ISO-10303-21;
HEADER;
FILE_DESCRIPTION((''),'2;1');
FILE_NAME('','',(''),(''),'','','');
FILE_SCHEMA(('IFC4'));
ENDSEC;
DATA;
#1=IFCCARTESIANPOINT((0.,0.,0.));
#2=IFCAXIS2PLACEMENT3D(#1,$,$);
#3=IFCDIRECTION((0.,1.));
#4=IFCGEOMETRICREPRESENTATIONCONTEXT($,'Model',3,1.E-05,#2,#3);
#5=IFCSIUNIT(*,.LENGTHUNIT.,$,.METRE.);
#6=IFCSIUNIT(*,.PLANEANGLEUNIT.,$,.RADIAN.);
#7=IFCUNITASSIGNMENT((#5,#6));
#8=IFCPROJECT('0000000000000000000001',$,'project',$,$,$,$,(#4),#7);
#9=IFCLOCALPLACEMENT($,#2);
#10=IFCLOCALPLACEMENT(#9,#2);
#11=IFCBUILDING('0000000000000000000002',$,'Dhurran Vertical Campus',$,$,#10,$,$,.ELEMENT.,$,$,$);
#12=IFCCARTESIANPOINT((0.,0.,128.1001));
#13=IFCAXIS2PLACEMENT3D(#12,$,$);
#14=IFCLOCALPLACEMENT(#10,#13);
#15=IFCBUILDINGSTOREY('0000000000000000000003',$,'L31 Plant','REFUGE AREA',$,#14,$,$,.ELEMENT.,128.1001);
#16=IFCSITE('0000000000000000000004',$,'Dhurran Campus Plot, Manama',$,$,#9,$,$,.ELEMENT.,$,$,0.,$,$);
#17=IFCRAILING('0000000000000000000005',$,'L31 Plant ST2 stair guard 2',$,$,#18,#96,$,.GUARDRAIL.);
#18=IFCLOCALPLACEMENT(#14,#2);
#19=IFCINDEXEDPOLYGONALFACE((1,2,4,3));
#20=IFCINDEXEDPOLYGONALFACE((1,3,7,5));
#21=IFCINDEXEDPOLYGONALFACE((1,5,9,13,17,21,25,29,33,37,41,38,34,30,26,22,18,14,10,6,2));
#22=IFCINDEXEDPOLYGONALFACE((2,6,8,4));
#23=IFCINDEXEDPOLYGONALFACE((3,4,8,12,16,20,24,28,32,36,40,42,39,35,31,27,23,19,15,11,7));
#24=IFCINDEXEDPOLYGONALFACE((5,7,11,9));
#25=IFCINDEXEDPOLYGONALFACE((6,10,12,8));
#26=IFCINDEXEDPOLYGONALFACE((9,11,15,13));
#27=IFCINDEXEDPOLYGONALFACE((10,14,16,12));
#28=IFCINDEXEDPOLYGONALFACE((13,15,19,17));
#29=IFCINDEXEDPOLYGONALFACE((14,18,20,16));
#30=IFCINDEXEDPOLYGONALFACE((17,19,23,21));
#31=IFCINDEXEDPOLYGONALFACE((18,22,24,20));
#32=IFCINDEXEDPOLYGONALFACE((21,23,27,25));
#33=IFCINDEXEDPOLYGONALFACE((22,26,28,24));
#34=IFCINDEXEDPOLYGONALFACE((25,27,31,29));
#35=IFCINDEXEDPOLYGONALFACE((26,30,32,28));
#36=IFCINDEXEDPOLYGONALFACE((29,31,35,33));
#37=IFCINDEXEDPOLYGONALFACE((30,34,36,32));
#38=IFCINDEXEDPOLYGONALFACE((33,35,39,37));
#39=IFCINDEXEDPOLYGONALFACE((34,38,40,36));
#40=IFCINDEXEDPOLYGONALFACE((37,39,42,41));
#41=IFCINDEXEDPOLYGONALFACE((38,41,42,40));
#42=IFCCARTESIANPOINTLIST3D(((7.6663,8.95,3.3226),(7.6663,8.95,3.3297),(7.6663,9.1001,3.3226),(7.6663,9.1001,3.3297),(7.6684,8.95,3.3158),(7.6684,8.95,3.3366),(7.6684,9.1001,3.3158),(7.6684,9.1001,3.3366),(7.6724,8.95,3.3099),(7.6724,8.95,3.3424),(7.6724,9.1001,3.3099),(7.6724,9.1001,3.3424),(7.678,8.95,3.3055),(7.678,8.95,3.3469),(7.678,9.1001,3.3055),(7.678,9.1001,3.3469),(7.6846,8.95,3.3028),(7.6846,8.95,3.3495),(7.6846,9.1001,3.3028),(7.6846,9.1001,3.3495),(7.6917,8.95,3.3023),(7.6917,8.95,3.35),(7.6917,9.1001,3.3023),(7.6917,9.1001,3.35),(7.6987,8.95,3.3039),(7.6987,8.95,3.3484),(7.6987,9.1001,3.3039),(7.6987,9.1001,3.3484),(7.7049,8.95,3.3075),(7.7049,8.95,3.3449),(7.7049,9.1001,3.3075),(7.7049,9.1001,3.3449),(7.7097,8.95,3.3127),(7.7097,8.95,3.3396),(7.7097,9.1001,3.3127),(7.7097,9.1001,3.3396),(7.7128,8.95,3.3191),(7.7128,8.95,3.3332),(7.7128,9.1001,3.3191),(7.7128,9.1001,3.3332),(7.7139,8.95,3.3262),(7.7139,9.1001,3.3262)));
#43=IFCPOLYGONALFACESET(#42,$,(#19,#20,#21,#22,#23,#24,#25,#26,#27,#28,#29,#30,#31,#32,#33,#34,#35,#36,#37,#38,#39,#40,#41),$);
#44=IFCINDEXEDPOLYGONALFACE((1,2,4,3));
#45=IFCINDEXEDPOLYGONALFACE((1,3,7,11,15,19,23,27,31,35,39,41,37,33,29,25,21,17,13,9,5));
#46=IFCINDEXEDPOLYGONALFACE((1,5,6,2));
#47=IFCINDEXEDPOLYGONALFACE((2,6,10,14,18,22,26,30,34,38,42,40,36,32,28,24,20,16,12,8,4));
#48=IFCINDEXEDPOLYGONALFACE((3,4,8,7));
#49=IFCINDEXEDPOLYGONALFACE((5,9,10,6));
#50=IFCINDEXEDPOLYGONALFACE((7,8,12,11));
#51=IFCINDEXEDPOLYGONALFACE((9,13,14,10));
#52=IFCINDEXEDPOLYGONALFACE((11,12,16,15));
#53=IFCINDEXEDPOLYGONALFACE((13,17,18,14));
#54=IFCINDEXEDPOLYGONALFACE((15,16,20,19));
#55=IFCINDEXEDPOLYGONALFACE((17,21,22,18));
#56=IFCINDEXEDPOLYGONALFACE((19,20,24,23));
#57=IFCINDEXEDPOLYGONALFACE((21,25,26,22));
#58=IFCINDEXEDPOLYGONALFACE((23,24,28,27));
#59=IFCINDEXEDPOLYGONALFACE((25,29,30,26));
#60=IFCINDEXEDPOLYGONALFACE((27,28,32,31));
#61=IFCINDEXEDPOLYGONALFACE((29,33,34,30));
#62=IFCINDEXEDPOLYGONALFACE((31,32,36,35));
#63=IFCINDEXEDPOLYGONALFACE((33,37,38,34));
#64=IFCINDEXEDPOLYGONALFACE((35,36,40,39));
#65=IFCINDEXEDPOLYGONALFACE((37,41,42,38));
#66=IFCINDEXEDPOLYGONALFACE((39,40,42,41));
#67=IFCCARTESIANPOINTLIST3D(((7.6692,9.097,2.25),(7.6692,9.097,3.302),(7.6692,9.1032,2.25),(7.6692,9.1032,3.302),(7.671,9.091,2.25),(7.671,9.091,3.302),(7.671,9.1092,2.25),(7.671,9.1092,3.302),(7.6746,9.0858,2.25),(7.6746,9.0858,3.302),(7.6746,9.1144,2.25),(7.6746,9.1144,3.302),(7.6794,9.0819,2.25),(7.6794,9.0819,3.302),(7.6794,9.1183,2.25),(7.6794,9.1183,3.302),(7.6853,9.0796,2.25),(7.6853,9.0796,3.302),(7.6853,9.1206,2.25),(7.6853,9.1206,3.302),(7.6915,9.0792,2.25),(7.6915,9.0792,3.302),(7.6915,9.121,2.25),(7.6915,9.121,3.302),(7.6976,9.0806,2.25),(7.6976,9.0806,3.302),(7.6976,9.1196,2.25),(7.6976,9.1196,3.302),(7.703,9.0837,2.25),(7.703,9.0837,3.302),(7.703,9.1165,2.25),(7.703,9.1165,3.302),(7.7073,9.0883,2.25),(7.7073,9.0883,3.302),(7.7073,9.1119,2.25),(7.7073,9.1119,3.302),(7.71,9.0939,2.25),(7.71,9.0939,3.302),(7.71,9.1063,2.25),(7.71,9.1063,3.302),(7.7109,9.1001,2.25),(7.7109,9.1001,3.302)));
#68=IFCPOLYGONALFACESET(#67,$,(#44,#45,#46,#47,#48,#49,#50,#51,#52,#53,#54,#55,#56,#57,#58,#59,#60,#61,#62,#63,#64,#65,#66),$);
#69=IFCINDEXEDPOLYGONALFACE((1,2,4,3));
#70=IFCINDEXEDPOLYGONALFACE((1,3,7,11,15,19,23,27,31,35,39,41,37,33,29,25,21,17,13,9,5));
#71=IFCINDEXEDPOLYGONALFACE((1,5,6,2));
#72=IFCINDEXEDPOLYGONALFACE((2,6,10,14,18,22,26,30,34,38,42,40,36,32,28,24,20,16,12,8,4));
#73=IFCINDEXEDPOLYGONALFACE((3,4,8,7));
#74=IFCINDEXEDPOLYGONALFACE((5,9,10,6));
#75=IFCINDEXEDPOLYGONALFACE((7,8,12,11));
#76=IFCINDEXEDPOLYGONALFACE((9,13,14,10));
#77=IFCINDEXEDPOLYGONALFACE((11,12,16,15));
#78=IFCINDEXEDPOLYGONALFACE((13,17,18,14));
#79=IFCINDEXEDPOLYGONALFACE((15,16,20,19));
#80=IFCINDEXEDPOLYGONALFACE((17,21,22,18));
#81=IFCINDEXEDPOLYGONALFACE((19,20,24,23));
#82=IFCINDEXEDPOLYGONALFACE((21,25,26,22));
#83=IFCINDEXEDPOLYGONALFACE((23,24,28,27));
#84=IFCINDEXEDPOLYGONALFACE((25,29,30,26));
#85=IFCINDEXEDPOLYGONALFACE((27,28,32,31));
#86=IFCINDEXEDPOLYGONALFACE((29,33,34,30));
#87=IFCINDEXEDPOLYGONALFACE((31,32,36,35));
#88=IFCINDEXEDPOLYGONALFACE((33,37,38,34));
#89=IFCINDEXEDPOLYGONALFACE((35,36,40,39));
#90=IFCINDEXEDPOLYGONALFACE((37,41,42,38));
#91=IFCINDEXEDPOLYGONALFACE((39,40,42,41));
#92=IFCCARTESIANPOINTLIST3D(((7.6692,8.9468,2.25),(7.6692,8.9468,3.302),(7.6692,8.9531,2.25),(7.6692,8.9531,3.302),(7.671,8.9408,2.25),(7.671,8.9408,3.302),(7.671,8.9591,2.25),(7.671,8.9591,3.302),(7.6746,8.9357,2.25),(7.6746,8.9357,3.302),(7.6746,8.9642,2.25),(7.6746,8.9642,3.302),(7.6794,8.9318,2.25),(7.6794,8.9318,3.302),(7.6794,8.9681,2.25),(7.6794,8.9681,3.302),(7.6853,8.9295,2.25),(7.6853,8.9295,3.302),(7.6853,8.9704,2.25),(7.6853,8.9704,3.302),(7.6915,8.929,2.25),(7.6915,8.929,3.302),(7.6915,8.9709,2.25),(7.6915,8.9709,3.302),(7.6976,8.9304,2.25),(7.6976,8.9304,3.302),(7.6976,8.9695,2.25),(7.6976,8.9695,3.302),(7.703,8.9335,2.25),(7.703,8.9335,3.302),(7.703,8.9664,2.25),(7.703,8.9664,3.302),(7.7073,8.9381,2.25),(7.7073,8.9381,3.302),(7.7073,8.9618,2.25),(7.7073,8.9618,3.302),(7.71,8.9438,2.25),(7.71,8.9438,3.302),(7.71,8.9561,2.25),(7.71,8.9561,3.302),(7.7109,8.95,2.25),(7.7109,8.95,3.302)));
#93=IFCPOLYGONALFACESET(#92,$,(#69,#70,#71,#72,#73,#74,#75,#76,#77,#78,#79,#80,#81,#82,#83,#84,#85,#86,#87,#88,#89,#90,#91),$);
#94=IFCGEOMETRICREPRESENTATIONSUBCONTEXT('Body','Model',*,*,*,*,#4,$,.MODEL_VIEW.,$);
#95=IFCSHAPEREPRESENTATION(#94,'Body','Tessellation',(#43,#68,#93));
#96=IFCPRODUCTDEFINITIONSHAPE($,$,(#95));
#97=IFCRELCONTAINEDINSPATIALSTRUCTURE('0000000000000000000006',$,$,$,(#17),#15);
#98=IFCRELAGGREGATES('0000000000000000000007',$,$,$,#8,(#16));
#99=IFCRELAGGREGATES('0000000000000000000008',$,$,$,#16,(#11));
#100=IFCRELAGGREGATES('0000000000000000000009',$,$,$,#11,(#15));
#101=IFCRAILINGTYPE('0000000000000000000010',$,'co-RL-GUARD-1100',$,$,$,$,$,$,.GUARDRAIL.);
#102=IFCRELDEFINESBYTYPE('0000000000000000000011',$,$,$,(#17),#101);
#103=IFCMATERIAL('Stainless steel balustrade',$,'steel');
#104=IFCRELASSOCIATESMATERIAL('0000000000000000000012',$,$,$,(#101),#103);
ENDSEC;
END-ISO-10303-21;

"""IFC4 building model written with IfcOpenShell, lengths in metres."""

from ifc_helpers import new_model, si_unit, direction, frame, origin, origin_2d, place, context, subcontext, project, spatial, circle, extrude, material, type_object, element, save


model = new_model("IFC4")

# Units and contexts
model_context = context("Model", 3, precision=1e-05, world=origin(), true_north=direction((0.0, 1.0)))
body_context = subcontext(model_context, "Body", "Model", "MODEL_VIEW")
ifc_project = project(units=[si_unit("LENGTHUNIT", "METRE"), si_unit("PLANEANGLEUNIT", "RADIAN")], contexts=[model_context])

# Site, building, storey
site_placement = place(None, origin())
site = spatial("IfcSite", under=ifc_project, at=site_placement, Name="Dhurran Campus Plot, Manama", CompositionType="ELEMENT", RefElevation=0.0)
building_placement = place(site_placement, origin())
building = spatial("IfcBuilding", under=site, at=building_placement, Name="Dhurran Vertical Campus", CompositionType="ELEMENT")
storey_placement = place(building_placement, frame((0.0, 0.0, 128.1001)))
storey = spatial("IfcBuildingStorey", under=building, at=storey_placement, Name="L31 Plant", Description="REFUGE AREA", CompositionType="ELEMENT", Elevation=128.1001)

# Railing
ifc_material_1 = material(Name="Stainless steel balustrade", Category="steel")
railing_type_1 = type_object("IfcRailingType", Name="co-RL-GUARD-1100", PredefinedType="GUARDRAIL", material=ifc_material_1)
railing_1_placement = place(storey_placement, frame((7.6899, 9.1001, 2.25)))
element("IfcRailing", 1, at=railing_1_placement, inside=storey, type_object=railing_type_1, Name="L31 Plant ST2 stair guard 2", PredefinedType="GUARDRAIL", context=body_context, shape_type="SweptSolid", body=[
    extrude(circle(Radius=0.0239, at=origin_2d()), frame((0.0, 0.0, 1.0762), z_axis=(0.0, -1.0, 0.0), x_axis=(1.0, 0.0, 0.0)), (0.0, 0.0, 1.0), 0.1501),
    extrude(circle(Radius=0.021, at=origin_2d()), origin(), (0.0, 0.0, 1.0), 1.052),
    extrude(circle(Radius=0.021, at=origin_2d()), frame((0.0, -0.1501, 0.0)), (0.0, 0.0, 1.0), 1.052),
])

save(model, "model.ifc")
